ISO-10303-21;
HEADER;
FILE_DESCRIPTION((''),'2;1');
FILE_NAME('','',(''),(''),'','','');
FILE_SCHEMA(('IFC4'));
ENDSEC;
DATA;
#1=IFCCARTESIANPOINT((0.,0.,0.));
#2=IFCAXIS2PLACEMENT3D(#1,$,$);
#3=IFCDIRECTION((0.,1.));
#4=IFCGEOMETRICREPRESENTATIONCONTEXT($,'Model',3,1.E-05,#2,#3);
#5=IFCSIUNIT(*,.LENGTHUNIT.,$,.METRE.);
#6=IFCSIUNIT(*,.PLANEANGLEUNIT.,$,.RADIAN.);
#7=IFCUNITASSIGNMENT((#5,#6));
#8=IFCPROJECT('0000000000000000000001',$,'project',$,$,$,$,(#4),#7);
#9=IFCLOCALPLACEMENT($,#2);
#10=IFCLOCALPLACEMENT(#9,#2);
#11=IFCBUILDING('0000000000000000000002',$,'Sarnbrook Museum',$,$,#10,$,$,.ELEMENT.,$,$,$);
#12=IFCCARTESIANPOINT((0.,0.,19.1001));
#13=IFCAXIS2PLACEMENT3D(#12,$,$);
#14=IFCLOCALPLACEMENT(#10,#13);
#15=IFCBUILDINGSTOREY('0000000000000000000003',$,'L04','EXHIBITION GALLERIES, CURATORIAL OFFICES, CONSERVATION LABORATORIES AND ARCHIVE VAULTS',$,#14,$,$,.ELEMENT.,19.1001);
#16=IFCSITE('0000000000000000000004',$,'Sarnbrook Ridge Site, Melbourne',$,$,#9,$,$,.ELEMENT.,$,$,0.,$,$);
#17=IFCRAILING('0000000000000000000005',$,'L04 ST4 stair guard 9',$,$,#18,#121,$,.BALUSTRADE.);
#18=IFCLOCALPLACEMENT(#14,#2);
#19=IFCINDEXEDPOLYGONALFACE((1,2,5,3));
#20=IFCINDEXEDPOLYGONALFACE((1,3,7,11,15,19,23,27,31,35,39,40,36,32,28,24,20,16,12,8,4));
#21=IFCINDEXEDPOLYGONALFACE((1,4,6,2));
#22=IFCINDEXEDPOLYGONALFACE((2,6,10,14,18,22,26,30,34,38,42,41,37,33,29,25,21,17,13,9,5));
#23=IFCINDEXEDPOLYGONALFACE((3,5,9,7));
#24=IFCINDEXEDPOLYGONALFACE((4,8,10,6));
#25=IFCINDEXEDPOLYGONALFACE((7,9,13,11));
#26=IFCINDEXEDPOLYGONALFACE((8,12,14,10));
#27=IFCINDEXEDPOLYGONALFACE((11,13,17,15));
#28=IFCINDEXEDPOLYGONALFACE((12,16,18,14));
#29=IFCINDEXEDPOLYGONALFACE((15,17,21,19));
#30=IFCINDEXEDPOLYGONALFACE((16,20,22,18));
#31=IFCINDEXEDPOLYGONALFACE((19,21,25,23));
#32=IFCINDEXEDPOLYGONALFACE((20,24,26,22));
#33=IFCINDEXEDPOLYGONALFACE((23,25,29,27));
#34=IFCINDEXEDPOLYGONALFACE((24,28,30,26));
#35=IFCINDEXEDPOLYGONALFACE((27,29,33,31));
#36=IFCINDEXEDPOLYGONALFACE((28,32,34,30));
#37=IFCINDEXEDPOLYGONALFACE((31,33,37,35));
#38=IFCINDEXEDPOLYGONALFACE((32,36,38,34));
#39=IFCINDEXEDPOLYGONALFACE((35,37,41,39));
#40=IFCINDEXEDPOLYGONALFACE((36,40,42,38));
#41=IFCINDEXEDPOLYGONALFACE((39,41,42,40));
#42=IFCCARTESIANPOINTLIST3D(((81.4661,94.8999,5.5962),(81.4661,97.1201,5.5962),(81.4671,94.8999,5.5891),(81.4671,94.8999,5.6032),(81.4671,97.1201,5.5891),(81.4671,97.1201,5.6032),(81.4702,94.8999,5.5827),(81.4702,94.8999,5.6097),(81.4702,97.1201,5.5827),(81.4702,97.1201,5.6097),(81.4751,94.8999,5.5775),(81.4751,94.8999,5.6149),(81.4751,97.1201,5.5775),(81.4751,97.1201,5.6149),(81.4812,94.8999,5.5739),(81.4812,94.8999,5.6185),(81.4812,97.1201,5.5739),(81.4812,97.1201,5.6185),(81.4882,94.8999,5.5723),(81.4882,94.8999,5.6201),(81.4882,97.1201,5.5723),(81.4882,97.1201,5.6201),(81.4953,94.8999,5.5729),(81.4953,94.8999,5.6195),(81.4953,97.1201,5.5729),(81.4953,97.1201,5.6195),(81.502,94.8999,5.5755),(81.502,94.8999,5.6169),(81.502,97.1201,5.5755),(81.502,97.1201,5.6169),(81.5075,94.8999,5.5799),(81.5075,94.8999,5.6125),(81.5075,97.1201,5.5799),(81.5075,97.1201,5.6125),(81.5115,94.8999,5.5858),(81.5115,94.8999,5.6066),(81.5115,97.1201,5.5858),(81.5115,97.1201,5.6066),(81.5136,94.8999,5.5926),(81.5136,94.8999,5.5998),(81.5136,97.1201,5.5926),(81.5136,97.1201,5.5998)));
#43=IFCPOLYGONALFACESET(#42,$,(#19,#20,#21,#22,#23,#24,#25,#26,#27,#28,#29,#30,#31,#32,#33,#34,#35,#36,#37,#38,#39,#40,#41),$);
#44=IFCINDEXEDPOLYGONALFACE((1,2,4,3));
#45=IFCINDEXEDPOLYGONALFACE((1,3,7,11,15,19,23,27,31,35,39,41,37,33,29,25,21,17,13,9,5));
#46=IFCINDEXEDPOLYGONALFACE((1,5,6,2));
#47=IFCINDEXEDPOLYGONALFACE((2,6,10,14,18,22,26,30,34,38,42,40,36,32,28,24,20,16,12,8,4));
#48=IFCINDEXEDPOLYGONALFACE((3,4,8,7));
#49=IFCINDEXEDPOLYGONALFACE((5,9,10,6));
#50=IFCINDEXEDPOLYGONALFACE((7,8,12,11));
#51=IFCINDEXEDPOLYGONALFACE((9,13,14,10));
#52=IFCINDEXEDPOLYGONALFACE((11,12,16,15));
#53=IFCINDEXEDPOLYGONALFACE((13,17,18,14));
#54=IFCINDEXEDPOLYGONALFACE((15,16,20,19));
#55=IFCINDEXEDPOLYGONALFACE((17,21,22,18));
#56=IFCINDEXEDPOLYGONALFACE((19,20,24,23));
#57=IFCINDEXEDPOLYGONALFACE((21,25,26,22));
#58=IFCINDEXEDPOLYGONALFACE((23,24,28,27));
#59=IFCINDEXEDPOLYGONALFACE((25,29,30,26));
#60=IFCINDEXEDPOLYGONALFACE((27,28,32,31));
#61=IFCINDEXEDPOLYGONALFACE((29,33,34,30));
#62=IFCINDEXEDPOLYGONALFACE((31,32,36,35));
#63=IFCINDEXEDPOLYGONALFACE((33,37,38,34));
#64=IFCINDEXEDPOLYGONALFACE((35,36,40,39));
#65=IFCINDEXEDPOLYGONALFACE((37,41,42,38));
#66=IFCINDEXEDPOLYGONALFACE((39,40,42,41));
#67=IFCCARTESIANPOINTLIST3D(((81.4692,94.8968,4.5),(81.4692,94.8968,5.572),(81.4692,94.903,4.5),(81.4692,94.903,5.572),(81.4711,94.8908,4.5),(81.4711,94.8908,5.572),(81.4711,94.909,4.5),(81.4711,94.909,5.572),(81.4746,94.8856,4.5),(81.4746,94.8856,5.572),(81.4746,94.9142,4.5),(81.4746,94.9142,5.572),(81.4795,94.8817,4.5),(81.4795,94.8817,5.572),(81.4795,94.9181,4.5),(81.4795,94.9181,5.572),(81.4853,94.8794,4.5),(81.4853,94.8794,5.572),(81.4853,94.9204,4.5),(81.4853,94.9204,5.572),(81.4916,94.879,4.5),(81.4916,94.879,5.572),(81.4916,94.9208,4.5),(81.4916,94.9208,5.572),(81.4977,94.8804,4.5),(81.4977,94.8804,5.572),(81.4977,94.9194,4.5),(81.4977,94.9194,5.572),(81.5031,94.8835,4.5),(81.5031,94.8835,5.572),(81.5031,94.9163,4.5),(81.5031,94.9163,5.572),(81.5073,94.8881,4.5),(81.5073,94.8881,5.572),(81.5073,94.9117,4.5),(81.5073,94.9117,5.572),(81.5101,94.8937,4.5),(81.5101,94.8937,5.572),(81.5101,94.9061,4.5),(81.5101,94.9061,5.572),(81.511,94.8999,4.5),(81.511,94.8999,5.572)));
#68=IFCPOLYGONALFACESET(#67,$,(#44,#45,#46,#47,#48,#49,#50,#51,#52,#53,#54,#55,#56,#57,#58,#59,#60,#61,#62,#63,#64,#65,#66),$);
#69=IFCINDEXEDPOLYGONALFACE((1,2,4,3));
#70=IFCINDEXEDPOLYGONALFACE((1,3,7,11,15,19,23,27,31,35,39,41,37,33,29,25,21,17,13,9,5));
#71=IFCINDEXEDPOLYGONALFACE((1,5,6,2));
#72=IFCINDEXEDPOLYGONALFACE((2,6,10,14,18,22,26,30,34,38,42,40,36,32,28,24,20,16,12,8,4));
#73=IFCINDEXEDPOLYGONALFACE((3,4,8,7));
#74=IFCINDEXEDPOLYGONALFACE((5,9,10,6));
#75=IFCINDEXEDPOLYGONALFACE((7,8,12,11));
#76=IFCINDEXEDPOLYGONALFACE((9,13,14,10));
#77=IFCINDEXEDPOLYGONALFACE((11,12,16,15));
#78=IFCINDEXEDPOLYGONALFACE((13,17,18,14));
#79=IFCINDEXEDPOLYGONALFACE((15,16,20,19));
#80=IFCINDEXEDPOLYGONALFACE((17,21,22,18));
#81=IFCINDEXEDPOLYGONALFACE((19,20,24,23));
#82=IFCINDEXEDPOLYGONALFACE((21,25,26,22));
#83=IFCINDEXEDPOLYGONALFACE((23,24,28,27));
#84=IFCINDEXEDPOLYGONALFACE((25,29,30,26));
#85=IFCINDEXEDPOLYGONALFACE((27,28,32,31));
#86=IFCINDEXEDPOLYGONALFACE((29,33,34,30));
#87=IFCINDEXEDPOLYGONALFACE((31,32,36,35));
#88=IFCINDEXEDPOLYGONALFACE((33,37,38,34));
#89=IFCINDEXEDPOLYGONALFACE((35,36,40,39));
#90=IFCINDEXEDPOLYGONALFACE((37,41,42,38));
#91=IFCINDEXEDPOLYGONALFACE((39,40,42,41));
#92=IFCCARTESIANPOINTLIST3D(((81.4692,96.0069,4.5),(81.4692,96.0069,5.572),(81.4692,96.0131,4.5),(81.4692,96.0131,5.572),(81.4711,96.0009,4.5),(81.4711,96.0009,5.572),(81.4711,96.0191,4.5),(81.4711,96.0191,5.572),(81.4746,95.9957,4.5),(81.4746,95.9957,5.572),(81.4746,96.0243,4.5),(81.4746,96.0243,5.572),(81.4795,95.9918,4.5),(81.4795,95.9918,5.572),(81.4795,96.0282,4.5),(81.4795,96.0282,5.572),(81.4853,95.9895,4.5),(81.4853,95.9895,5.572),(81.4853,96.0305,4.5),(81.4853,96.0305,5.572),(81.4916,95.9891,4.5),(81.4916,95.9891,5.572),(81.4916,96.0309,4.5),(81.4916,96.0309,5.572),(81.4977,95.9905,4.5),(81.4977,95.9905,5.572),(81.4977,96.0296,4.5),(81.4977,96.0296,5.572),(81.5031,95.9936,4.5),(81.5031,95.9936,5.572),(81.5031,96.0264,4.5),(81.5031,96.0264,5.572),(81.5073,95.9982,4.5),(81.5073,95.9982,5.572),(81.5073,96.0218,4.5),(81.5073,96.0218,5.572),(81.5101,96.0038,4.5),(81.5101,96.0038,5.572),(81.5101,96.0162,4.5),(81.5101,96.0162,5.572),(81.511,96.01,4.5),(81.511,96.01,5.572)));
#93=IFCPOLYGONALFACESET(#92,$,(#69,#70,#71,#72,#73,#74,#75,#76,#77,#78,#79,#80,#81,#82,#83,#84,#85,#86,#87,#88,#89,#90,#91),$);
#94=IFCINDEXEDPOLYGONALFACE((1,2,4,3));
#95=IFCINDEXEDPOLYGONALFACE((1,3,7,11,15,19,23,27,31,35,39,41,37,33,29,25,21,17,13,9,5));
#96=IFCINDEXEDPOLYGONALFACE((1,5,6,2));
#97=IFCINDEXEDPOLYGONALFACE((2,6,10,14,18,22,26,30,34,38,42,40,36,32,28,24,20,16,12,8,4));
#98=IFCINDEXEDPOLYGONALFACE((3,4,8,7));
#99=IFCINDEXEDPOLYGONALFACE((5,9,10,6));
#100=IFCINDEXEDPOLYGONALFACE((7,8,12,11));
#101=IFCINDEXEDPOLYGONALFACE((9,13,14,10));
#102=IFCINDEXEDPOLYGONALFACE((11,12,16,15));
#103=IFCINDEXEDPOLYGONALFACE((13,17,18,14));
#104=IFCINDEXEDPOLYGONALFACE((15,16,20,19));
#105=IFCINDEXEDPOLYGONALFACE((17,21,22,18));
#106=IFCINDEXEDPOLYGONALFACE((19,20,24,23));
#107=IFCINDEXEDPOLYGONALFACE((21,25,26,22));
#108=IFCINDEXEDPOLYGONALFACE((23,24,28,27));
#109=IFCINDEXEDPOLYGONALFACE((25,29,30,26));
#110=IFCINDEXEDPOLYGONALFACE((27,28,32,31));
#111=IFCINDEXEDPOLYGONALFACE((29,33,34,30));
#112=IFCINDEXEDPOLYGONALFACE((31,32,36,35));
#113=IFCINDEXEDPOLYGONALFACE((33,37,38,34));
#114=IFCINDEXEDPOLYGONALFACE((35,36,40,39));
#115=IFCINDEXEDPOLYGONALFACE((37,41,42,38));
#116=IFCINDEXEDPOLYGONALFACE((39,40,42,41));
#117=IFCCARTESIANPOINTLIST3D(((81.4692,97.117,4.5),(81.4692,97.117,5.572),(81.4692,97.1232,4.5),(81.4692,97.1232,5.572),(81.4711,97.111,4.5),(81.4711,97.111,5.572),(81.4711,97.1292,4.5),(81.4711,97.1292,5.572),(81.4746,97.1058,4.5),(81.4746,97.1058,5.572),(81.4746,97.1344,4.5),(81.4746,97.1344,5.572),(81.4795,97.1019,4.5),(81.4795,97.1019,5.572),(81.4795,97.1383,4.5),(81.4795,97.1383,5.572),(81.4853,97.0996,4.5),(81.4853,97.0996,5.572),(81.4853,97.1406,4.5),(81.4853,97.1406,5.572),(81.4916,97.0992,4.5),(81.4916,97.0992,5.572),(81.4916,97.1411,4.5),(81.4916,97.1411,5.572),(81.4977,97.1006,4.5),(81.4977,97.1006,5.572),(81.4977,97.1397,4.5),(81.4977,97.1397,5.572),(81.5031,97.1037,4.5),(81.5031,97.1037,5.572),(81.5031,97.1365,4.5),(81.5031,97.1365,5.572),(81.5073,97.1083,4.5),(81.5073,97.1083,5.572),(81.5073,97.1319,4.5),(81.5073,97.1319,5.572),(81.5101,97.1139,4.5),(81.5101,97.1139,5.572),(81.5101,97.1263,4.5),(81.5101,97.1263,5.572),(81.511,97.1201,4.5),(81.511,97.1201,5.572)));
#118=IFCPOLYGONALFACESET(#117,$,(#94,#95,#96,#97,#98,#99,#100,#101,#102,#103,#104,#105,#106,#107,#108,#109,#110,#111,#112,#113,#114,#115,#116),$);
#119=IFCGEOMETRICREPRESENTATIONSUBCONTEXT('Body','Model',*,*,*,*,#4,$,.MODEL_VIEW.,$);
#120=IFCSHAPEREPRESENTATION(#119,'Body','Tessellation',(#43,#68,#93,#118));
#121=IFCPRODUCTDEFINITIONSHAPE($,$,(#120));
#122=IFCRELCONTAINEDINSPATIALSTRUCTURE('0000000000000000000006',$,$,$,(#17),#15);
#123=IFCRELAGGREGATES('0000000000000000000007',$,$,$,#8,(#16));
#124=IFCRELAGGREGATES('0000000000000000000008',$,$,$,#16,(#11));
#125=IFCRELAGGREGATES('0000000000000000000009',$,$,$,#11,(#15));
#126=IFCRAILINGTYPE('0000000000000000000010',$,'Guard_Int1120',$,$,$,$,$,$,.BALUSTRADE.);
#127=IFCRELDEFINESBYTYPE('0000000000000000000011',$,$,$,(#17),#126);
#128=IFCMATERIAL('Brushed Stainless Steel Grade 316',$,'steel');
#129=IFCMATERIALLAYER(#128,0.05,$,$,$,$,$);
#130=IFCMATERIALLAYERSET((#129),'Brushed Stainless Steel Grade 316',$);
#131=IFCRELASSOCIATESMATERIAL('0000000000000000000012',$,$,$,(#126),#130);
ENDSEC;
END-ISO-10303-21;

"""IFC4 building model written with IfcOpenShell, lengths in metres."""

from ifc_helpers import new_model, si_unit, direction, frame, origin, origin_2d, place, context, subcontext, project, spatial, circle, extrude, material, layer, layer_set, type_object, element, save


model = new_model("IFC4")

# Units and contexts
model_context = context("Model", 3, precision=1e-05, world=origin(), true_north=direction((0.0, 1.0)))
body_context = subcontext(model_context, "Body", "Model", "MODEL_VIEW")
ifc_project = project(units=[si_unit("LENGTHUNIT", "METRE"), si_unit("PLANEANGLEUNIT", "RADIAN")], contexts=[model_context])

# Site, building, storey
site_placement = place(None, origin())
site = spatial("IfcSite", under=ifc_project, at=site_placement, Name="Sarnbrook Ridge Site, Melbourne", CompositionType="ELEMENT", RefElevation=0.0)
building_placement = place(site_placement, origin())
building = spatial("IfcBuilding", under=site, at=building_placement, Name="Sarnbrook Museum", CompositionType="ELEMENT")
storey_placement = place(building_placement, frame((0.0, 0.0, 19.1001)))
storey = spatial("IfcBuildingStorey", under=building, at=storey_placement, Name="L04", Description="EXHIBITION GALLERIES, CURATORIAL OFFICES, CONSERVATION LABORATORIES AND ARCHIVE VAULTS", CompositionType="ELEMENT", Elevation=19.1001)

# Shared definitions
ifc_material_1 = material(Name="Brushed Stainless Steel Grade 316", Category="steel")

# Railing
ifc_layer_1 = layer(ifc_material_1, 0.05)
ifc_layer_set_1 = layer_set([ifc_layer_1], Name="Brushed Stainless Steel Grade 316")
railing_type_1 = type_object("IfcRailingType", Name="Guard_Int1120", PredefinedType="BALUSTRADE", material=ifc_layer_set_1)
for number, where, name in (
    (1, (81.49, 94.8999, 4.5), "L04 ST4 stair guard 9"),
):
    element("IfcRailing", number, at=place(storey_placement, frame(where)), inside=storey, type_object=railing_type_1, Name=name, PredefinedType="BALUSTRADE", context=body_context, shape_type="SweptSolid", body=[
        extrude(circle(Radius=0.0239, at=origin_2d()), frame((0.0, 0.0, 1.0962), z_axis=(0.0, 1.0, 0.0), x_axis=(-1.0, 0.0, 0.0)), (0.0, 0.0, 1.0), 2.2202),
        extrude(circle(Radius=0.021, at=origin_2d()), origin(), (0.0, 0.0, 1.0), 1.072),
        extrude(circle(Radius=0.021, at=origin_2d()), frame((0.0, 1.1101, 0.0)), (0.0, 0.0, 1.0), 1.072),
        extrude(circle(Radius=0.021, at=origin_2d()), frame((0.0, 2.2202, 0.0)), (0.0, 0.0, 1.0), 1.072),
    ])

save(model, "model.ifc")
